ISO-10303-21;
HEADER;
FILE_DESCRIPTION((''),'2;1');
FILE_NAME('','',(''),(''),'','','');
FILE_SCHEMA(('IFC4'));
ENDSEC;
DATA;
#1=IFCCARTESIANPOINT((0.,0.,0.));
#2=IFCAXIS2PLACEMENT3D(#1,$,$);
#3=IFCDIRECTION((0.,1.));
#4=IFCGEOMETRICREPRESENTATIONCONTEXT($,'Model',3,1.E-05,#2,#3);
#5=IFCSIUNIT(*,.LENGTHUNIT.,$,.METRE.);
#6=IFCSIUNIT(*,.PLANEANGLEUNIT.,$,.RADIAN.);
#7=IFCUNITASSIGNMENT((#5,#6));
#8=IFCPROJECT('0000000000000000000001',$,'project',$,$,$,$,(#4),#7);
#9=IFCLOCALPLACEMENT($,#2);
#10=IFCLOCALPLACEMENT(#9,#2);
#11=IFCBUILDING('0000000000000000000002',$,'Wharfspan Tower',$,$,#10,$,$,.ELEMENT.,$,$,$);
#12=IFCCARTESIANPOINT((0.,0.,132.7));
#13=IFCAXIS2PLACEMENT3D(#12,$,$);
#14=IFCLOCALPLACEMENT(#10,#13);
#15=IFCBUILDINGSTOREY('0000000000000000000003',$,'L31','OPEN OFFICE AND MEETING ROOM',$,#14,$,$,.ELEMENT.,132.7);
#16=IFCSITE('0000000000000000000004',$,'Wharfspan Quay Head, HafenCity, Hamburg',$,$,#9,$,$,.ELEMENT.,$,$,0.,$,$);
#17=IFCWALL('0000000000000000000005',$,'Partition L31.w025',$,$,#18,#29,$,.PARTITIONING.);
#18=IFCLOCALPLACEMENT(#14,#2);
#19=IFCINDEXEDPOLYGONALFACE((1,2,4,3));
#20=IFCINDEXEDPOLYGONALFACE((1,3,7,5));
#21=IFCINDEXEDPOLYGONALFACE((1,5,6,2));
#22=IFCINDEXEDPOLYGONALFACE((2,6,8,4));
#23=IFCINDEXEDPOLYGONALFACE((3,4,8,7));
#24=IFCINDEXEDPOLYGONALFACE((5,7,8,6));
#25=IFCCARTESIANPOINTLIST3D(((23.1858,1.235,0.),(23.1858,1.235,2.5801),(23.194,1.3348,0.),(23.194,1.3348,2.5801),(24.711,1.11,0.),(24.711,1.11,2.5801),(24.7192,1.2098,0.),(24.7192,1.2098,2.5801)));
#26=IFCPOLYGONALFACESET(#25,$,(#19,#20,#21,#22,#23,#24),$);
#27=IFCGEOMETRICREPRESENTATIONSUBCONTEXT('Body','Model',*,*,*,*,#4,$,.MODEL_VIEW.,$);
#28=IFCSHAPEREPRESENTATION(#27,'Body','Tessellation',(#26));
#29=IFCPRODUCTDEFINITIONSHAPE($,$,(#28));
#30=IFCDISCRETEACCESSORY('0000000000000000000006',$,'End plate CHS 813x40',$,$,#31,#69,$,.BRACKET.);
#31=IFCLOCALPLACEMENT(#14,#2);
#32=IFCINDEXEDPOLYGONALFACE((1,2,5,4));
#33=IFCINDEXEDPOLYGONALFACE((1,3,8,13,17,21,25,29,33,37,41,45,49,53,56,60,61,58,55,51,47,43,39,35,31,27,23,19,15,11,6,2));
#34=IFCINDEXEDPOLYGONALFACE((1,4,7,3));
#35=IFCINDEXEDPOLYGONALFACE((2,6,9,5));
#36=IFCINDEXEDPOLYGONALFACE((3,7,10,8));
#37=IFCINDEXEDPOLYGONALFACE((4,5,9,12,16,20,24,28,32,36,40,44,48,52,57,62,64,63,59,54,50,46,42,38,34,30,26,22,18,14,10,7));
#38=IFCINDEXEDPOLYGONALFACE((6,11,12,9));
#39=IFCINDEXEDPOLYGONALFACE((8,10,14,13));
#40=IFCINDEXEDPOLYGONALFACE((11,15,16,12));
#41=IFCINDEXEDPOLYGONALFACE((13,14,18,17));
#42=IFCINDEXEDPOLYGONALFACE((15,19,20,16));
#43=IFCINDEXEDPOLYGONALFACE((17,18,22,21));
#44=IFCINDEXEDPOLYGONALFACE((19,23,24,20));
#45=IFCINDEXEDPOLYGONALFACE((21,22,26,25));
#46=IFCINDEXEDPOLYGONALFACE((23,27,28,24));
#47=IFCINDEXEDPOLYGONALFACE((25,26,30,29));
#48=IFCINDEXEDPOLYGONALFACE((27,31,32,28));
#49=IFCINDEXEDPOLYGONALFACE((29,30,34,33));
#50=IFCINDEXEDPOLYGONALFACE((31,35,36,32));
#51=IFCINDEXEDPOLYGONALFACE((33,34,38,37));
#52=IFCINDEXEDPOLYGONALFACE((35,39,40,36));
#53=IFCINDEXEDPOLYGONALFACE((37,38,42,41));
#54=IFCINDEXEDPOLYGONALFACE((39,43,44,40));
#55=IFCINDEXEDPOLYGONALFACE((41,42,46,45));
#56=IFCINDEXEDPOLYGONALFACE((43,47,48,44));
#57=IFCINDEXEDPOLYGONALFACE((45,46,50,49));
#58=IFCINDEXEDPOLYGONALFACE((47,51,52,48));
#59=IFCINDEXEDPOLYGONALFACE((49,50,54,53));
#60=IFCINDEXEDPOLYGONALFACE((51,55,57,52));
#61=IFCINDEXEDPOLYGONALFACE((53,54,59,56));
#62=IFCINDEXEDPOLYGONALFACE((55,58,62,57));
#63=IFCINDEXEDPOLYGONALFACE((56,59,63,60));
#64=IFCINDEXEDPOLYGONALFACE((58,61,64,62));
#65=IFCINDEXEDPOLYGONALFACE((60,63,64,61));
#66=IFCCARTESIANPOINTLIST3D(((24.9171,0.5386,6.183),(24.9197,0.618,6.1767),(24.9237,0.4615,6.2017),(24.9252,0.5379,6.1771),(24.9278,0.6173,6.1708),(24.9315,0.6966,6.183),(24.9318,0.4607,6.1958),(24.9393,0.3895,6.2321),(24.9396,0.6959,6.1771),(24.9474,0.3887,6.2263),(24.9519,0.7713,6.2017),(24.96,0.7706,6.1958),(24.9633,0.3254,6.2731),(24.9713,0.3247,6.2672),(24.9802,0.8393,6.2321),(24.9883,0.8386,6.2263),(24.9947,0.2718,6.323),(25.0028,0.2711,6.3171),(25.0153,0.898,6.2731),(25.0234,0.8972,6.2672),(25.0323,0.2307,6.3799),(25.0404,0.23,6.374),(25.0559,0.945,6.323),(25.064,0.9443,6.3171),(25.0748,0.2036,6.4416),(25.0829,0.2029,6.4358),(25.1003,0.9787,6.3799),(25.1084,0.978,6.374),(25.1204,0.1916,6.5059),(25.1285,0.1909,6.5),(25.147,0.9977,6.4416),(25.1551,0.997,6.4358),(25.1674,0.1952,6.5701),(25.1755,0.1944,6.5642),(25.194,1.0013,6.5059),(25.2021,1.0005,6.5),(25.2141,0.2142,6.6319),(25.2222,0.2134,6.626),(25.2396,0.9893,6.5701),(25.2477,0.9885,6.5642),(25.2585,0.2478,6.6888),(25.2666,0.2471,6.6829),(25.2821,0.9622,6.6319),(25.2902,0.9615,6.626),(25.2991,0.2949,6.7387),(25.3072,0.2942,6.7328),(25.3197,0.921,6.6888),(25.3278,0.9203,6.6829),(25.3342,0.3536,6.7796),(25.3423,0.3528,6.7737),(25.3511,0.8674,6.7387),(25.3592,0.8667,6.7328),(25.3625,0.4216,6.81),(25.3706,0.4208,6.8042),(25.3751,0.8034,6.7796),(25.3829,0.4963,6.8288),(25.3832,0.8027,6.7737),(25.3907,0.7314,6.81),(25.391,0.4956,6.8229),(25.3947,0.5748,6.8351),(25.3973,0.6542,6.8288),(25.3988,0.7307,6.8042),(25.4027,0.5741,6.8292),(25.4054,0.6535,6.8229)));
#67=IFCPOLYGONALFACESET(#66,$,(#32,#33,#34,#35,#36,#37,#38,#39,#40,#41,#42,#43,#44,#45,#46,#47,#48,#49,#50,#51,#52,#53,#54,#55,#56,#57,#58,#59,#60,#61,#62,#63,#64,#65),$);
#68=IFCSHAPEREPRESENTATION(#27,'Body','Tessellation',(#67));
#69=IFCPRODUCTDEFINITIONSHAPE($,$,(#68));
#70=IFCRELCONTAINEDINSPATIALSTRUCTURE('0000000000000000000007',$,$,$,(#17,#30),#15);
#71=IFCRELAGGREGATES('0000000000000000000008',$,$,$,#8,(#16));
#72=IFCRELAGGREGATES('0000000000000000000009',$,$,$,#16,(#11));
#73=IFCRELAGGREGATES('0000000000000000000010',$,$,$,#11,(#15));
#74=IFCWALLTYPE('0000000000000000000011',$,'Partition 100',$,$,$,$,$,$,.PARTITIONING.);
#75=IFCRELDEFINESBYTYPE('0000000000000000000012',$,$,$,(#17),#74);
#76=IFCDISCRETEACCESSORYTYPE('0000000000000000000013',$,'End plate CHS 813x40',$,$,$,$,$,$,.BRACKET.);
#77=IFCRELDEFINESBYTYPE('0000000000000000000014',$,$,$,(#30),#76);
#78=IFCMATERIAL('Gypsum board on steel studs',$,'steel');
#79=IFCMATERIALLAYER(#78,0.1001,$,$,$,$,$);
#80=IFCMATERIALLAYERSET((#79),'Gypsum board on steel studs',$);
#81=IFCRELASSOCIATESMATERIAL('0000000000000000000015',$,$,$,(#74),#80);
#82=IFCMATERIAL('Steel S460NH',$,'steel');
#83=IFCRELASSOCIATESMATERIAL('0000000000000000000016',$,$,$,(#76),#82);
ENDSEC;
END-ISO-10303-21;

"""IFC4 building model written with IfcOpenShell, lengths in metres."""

from ifc_helpers import new_model, si_unit, direction, frame, frame_2d, origin, origin_2d, place, context, subcontext, project, spatial, rectangle, circle, extrude, material, layer, layer_set, material_profile, profile_set, type_object, element, save


model = new_model("IFC4")

# Units and contexts
model_context = context("Model", 3, precision=1e-05, world=origin(), true_north=direction((0.0, 1.0)))
body_context = subcontext(model_context, "Body", "Model", "MODEL_VIEW")
ifc_project = project(units=[si_unit("LENGTHUNIT", "METRE"), si_unit("PLANEANGLEUNIT", "RADIAN")], contexts=[model_context])

# Site, building, storey
site_placement = place(None, origin())
site = spatial("IfcSite", under=ifc_project, at=site_placement, Name="Wharfspan Quay Head, HafenCity, Hamburg", CompositionType="ELEMENT", RefElevation=0.0)
building_placement = place(site_placement, origin())
building = spatial("IfcBuilding", under=site, at=building_placement, Name="Wharfspan Tower", CompositionType="ELEMENT")
storey_placement = place(building_placement, frame((0.0, 0.0, 132.7)))
storey = spatial("IfcBuildingStorey", under=building, at=storey_placement, Name="L31", Description="OPEN OFFICE AND MEETING ROOM", CompositionType="ELEMENT", Elevation=132.7)

# Shared definitions
ifc_material_1 = material(Name="Gypsum board on steel studs", Category="steel")

# Wall
ifc_layer_1 = layer(ifc_material_1, 0.1001)
ifc_layer_set_1 = layer_set([ifc_layer_1], Name="Gypsum board on steel studs")
wall_type_1 = type_object("IfcWallType", Name="Partition 100", PredefinedType="PARTITIONING", material=ifc_layer_set_1)
wall_1_placement = place(storey_placement, frame((24.7151, 1.1599, 0.0), z_axis=(0.0, 0.0, 1.0), x_axis=(-0.996654, 0.081685, 0.0)))
element("IfcWall", 1, at=wall_1_placement, inside=storey, type_object=wall_type_1, Name="Partition L31.w025", PredefinedType="PARTITIONING", context=body_context, shape_type="SweptSolid", body=[
    extrude(rectangle(XDim=1.5303, YDim=0.1001, at=frame_2d((0.7651, 0.0))), origin(), (0.0, 0.0, 1.0), 2.5801),
])

# Discrete accessory
ifc_material_2 = material(Name="Steel S460NH", Category="steel")
ifc_material_profile_1 = material_profile(ifc_material_2, circle(Radius=0.4065, at=origin_2d()))
ifc_profile_set_1 = profile_set([ifc_material_profile_1], Name="Steel S460NH")
discrete_accessory_type = type_object("IfcDiscreteAccessoryType", Name="End plate CHS 813x40", PredefinedType="BRACKET", material=ifc_profile_set_1)
discrete_accessory_placement = place(storey_placement, frame((25.1653, 0.5957, 6.5), z_axis=(-0.806559, 0.073324, 0.586588), x_axis=(-0.090536, -0.99589, 0.0)))
element("IfcDiscreteAccessory", 2, at=discrete_accessory_placement, inside=storey, type_object=discrete_accessory_type, Name="End plate CHS 813x40", PredefinedType="BRACKET", context=body_context, shape_type="SweptSolid", body=[
    extrude(circle(Radius=0.4065, at=origin_2d()), origin(), (0.0, 0.0, 1.0), 0.01),
])

save(model, "model.ifc")
